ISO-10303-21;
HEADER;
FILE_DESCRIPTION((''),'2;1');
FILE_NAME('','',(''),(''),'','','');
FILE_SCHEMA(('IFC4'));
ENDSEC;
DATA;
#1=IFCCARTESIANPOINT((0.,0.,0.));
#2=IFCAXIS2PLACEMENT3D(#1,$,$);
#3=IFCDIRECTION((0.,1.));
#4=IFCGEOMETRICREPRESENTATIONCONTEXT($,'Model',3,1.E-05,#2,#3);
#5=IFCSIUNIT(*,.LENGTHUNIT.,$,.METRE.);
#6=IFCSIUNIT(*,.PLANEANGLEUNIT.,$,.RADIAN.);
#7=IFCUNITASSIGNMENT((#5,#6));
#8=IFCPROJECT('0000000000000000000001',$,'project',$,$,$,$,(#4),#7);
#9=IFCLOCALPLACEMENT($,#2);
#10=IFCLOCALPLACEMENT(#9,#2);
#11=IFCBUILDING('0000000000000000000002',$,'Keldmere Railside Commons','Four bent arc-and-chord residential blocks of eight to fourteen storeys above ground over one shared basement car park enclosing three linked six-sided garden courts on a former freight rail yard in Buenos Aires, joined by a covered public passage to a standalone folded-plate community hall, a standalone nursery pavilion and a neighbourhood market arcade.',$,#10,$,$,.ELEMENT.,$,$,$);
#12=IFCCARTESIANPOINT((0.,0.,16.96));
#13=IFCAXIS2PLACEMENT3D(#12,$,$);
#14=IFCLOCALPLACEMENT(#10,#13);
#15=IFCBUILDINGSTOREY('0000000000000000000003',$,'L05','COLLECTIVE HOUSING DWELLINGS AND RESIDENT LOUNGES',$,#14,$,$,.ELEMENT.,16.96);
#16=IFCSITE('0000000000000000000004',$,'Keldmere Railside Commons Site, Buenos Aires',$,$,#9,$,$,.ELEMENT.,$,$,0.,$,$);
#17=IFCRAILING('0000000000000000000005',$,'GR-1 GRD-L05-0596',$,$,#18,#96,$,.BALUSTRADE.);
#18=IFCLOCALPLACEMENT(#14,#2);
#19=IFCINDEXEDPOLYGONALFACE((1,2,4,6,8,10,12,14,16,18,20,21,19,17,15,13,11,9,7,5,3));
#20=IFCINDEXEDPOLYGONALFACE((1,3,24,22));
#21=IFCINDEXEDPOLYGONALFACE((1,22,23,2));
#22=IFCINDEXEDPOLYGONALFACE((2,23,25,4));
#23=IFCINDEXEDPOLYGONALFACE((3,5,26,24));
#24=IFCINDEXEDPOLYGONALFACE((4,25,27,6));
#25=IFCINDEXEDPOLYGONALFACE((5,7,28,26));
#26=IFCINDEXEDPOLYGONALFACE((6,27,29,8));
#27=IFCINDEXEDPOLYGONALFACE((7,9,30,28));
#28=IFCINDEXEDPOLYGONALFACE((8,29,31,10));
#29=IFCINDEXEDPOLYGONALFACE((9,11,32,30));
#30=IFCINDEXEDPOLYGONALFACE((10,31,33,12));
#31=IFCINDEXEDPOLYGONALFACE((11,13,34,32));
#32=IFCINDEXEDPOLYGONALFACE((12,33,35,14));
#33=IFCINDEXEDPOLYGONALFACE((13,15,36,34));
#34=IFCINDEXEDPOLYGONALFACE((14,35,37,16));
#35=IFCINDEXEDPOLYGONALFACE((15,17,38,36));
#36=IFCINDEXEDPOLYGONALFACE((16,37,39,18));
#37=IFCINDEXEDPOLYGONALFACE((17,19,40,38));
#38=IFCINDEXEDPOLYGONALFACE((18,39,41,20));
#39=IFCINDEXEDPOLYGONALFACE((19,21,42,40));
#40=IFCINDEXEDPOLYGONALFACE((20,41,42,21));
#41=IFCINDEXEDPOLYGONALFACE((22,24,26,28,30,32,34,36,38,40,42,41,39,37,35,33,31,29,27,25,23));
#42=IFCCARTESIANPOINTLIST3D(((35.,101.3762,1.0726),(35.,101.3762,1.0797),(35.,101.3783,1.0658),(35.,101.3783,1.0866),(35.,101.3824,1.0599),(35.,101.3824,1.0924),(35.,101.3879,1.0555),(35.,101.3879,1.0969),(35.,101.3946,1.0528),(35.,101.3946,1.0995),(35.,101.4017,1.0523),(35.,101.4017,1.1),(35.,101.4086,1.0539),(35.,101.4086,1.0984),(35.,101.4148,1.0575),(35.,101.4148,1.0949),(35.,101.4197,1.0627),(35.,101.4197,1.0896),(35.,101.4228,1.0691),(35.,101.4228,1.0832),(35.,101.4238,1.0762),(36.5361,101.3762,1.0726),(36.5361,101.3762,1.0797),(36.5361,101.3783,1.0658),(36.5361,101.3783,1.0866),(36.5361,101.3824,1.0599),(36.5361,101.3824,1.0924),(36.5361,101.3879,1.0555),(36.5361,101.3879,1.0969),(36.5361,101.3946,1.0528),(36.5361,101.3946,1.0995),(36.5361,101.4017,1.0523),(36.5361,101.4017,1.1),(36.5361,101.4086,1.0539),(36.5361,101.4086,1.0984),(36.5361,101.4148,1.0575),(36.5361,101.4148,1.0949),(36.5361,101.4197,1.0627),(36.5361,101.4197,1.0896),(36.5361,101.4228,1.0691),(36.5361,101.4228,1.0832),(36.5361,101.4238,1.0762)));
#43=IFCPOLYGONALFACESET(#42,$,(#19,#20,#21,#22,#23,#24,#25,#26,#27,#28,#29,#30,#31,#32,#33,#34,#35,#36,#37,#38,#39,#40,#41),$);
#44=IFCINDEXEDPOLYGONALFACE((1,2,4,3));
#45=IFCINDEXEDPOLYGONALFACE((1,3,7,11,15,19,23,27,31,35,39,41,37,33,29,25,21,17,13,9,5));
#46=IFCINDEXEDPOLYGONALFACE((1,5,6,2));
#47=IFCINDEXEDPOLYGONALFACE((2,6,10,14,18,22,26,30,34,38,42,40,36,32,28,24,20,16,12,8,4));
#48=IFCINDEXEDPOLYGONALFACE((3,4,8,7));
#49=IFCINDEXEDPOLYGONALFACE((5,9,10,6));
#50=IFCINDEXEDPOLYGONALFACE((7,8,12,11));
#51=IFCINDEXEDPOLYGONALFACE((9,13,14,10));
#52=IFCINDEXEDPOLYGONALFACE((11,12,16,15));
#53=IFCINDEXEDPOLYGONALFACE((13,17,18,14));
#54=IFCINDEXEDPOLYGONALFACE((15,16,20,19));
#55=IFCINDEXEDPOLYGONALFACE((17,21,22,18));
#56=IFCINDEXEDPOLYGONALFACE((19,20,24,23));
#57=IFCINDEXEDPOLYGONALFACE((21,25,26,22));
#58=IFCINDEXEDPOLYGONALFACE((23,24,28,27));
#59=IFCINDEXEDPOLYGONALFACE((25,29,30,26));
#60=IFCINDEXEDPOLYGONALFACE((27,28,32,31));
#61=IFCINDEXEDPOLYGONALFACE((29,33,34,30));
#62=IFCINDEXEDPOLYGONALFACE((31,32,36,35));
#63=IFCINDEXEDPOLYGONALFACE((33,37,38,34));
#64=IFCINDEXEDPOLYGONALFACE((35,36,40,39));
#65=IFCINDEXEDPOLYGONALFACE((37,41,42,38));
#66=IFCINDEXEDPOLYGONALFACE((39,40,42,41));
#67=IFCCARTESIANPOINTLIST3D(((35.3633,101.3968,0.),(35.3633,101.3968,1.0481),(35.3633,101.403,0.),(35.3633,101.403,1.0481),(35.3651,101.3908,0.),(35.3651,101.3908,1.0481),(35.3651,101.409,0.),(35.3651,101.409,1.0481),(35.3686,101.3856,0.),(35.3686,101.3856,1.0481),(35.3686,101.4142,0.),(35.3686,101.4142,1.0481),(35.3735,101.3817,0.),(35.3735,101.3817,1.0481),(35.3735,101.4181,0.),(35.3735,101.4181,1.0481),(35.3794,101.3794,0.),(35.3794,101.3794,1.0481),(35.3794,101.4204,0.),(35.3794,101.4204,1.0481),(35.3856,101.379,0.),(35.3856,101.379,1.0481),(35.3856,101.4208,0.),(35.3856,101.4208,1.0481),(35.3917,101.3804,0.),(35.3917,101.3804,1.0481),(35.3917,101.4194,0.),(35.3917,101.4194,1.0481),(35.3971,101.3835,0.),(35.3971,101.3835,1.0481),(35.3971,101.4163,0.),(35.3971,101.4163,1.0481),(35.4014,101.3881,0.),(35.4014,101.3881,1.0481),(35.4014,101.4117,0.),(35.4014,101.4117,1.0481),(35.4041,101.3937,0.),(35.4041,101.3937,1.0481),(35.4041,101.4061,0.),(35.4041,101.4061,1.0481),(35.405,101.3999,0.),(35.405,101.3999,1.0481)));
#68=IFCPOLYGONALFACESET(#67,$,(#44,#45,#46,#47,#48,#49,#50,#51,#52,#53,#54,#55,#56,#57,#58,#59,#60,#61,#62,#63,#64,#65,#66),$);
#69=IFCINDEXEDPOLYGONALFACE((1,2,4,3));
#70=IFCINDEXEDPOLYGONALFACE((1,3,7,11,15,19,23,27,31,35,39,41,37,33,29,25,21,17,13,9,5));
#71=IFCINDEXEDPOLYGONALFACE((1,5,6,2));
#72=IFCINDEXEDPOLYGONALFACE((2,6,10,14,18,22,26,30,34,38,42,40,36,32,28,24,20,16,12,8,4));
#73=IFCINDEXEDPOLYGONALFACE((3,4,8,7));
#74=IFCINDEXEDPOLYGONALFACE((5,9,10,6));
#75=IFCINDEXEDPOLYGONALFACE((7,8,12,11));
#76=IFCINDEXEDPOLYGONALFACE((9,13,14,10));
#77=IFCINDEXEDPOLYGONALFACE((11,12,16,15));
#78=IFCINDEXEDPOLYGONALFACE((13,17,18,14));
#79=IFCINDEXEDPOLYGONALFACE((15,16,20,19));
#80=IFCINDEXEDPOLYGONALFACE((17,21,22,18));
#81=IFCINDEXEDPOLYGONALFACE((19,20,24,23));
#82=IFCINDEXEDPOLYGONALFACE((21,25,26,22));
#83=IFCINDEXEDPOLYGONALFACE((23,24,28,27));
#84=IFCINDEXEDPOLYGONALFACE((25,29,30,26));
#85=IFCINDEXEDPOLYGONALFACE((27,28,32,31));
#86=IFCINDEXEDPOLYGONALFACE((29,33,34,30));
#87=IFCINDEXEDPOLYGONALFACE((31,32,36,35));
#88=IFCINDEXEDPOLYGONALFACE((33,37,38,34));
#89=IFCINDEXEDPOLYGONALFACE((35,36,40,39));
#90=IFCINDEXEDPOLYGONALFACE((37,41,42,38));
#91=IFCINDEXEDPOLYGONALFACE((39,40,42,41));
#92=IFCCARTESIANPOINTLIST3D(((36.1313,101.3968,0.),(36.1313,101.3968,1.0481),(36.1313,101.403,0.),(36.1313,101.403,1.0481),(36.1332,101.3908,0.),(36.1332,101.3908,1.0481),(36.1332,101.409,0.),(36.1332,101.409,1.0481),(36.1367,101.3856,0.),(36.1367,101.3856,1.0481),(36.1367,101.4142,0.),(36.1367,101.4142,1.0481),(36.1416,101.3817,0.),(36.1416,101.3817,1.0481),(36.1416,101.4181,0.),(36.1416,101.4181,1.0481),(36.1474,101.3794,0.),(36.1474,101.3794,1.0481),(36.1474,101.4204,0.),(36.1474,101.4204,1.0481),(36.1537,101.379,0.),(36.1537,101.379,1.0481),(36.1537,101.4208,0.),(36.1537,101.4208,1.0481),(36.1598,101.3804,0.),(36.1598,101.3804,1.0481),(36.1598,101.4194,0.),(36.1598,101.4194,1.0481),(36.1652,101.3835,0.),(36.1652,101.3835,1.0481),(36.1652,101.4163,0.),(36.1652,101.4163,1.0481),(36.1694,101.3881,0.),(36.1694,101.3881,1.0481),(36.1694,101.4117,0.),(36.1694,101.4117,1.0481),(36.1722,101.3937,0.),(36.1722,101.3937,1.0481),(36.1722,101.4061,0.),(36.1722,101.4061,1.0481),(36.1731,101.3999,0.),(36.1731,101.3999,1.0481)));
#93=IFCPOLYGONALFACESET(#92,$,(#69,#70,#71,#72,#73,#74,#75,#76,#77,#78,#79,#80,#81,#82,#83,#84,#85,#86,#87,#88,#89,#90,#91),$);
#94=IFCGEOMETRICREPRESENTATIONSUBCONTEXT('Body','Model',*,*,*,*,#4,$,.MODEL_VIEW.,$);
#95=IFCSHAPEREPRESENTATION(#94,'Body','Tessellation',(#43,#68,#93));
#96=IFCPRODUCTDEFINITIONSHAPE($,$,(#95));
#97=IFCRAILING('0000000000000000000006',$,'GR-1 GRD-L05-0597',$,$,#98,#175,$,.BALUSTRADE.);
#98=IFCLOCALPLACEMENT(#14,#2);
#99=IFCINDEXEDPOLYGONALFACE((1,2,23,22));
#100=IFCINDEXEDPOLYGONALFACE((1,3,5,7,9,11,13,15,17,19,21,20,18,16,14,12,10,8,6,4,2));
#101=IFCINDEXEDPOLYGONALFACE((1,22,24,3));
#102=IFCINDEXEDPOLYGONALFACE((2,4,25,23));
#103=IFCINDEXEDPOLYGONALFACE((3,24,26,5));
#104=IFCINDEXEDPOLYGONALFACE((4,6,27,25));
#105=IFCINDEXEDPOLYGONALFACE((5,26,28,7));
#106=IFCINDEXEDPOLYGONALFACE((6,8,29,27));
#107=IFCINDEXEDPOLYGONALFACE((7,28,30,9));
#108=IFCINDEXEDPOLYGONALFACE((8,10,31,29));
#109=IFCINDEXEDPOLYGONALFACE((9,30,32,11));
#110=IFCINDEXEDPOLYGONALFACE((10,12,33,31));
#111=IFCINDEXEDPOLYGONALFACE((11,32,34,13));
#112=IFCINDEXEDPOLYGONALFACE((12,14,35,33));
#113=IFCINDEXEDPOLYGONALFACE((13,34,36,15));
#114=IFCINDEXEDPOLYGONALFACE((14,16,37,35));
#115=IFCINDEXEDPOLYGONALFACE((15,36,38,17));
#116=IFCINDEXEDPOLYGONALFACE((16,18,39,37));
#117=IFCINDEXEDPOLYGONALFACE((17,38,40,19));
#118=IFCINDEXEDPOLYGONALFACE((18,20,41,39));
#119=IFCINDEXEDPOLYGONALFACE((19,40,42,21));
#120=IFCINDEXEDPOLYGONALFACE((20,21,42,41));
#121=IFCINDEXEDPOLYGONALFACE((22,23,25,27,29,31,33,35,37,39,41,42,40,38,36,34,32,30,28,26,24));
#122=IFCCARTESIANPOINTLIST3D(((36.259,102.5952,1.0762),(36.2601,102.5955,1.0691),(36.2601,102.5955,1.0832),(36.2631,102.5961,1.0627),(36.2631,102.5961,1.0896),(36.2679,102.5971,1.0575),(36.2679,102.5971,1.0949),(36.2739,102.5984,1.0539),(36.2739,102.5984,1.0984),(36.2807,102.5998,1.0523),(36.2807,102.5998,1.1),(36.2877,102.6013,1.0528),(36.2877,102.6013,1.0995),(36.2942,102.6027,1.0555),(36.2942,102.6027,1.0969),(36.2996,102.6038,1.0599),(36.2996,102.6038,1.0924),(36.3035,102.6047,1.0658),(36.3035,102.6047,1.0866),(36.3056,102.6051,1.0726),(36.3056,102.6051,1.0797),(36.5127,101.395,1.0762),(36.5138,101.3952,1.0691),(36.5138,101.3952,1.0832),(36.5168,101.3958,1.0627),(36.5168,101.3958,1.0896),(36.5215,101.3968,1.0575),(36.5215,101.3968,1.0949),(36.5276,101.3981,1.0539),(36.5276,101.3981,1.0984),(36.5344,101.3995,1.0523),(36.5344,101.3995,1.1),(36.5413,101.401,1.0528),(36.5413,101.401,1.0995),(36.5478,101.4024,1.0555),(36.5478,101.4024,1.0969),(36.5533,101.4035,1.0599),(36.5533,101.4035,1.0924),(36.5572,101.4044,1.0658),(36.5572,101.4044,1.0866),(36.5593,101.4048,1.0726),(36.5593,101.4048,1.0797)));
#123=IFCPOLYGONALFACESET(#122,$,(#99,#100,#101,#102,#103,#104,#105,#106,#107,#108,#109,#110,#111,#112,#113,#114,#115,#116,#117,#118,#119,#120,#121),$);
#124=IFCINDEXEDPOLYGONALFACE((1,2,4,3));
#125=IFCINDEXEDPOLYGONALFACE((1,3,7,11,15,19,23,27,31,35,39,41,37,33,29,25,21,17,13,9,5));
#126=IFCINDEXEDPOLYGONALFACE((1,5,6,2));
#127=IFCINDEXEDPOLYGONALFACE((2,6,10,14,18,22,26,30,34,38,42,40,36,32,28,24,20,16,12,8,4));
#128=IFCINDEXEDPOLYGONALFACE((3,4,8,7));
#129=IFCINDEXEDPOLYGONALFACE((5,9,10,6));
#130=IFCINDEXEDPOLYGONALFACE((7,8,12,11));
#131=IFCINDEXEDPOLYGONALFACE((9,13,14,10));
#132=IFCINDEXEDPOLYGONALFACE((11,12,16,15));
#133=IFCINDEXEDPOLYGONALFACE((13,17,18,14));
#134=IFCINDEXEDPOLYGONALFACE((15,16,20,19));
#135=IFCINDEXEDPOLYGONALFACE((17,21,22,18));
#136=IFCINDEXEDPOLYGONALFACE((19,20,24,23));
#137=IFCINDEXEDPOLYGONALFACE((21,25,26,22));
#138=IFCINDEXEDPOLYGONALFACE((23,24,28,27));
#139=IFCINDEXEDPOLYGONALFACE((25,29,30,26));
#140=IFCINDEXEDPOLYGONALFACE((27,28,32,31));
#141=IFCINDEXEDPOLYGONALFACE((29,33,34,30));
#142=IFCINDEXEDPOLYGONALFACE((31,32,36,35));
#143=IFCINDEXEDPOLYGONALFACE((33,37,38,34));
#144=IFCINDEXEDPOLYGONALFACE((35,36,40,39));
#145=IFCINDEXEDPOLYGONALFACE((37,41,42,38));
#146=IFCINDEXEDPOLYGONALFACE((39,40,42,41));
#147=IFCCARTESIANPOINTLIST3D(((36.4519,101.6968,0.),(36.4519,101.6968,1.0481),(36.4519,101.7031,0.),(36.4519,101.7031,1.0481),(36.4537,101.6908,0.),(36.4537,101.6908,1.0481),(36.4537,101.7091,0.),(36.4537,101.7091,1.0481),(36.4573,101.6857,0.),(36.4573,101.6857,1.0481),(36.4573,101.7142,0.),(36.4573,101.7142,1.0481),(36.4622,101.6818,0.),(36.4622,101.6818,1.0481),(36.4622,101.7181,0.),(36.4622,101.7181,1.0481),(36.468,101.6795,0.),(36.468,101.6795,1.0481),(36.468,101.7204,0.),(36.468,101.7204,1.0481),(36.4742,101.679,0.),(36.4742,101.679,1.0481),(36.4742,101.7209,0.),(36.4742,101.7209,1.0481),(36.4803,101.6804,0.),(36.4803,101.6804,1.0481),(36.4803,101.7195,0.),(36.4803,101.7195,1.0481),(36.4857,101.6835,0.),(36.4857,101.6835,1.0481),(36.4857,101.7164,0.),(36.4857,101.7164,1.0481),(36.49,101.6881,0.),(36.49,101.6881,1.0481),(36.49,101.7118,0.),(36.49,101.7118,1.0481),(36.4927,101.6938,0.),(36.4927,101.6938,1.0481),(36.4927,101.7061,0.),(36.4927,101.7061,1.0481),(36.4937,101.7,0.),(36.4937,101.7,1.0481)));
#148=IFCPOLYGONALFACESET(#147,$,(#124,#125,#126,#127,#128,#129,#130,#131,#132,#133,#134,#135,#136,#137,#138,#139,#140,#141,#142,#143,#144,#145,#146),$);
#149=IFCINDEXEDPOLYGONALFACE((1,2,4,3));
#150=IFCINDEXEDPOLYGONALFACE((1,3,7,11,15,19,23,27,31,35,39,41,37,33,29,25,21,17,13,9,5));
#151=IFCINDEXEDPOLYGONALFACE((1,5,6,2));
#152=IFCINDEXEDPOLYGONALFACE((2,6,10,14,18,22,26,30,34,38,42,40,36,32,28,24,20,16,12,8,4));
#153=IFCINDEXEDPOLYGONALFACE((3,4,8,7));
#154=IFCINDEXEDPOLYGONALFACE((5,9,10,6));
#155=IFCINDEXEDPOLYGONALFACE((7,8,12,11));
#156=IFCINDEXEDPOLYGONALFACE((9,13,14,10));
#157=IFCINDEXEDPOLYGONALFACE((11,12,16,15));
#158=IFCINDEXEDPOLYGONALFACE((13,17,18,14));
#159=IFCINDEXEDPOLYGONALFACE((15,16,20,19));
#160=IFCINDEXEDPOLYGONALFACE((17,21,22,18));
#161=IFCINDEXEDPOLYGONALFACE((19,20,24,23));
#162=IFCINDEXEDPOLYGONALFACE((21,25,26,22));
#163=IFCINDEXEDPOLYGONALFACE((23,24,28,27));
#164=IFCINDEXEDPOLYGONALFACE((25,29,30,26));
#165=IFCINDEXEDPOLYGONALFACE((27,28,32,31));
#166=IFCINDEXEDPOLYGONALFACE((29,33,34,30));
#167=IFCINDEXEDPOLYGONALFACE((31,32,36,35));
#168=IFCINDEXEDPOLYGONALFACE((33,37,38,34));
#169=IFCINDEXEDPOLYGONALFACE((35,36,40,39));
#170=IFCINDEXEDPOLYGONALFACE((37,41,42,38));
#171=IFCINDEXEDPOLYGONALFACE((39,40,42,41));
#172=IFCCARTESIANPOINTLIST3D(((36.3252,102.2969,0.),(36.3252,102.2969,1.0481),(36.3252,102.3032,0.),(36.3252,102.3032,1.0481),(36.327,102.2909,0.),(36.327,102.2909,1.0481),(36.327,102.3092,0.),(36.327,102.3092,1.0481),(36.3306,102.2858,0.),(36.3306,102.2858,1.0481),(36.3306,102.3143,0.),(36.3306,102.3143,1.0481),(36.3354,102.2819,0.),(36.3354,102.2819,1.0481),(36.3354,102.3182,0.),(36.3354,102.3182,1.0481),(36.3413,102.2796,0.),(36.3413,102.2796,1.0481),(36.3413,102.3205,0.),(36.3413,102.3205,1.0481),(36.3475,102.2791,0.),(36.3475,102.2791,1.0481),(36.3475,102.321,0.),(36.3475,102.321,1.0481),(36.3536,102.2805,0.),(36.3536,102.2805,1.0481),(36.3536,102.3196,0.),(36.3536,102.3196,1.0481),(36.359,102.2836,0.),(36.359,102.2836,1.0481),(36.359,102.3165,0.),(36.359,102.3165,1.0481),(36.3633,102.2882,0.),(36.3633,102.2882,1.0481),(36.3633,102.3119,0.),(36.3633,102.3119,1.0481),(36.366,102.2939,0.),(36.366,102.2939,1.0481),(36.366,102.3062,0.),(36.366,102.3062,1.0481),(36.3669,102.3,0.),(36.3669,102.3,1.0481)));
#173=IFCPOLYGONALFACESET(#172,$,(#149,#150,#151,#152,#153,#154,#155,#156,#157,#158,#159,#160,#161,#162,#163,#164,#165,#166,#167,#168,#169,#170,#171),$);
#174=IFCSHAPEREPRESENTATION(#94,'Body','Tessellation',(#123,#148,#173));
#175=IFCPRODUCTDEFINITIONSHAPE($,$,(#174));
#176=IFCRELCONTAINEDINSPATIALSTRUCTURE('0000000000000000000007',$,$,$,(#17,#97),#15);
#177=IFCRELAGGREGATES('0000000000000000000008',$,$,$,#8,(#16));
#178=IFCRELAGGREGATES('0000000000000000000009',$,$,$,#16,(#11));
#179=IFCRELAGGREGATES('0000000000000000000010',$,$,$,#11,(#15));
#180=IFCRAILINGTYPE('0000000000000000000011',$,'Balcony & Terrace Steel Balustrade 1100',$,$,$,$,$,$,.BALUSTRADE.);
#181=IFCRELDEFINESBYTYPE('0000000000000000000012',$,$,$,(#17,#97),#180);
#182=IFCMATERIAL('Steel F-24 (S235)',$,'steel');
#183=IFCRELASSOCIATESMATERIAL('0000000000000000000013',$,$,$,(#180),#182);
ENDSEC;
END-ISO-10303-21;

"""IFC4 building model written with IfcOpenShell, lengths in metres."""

from ifc_helpers import new_model, si_unit, direction, frame, origin, origin_2d, place, context, subcontext, project, spatial, circle, extrude, material, type_object, element, save


model = new_model("IFC4")

# Units and contexts
model_context = context("Model", 3, precision=1e-05, world=origin(), true_north=direction((0.0, 1.0)))
body_context = subcontext(model_context, "Body", "Model", "MODEL_VIEW")
ifc_project = project(units=[si_unit("LENGTHUNIT", "METRE"), si_unit("PLANEANGLEUNIT", "RADIAN")], contexts=[model_context])

# Site, building, storey
site_placement = place(None, origin())
site = spatial("IfcSite", under=ifc_project, at=site_placement, Name="Keldmere Railside Commons Site, Buenos Aires", CompositionType="ELEMENT", RefElevation=0.0)
building_placement = place(site_placement, origin())
building = spatial("IfcBuilding", under=site, at=building_placement, Name="Keldmere Railside Commons", Description="Four bent arc-and-chord residential blocks of eight to fourteen storeys above ground over one shared basement car park enclosing three linked six-sided garden courts on a former freight rail yard in Buenos Aires, joined by a covered public passage to a standalone folded-plate community hall, a standalone nursery pavilion and a neighbourhood market arcade.", CompositionType="ELEMENT")
storey_placement = place(building_placement, frame((0.0, 0.0, 16.96)))
storey = spatial("IfcBuildingStorey", under=building, at=storey_placement, Name="L05", Description="COLLECTIVE HOUSING DWELLINGS AND RESIDENT LOUNGES", CompositionType="ELEMENT", Elevation=16.96)

# Railings
ifc_material_1 = material(Name="Steel F-24 (S235)", Category="steel")
railing_type_1 = type_object("IfcRailingType", Name="Balcony & Terrace Steel Balustrade 1100", PredefinedType="BALUSTRADE", material=ifc_material_1)
railing_1_placement = place(storey_placement, frame((35.0, 101.3999, 0.0)))
element("IfcRailing", 1, at=railing_1_placement, inside=storey, type_object=railing_type_1, Name="GR-1 GRD-L05-0596", PredefinedType="BALUSTRADE", context=body_context, shape_type="SweptSolid", body=[
    extrude(circle(Radius=0.0239, at=origin_2d()), frame((0.0, 0.0, 1.0762), z_axis=(1.0, 0.0, 0.0), x_axis=(0.0, 1.0, 0.0)), (0.0, 0.0, 1.0), 1.5361),
    extrude(circle(Radius=0.021, at=origin_2d()), frame((0.384, 0.0, 0.0)), (0.0, 0.0, 1.0), 1.0481),
    extrude(circle(Radius=0.021, at=origin_2d()), frame((1.1521, 0.0, 0.0)), (0.0, 0.0, 1.0), 1.0481),
])
railing_2_placement = place(storey_placement, frame((36.5361, 101.3999, 0.0)))
element("IfcRailing", 2, at=railing_2_placement, inside=storey, type_object=railing_type_1, Name="GR-1 GRD-L05-0597", PredefinedType="BALUSTRADE", context=body_context, shape_type="SweptSolid", body=[
    extrude(circle(Radius=0.0239, at=origin_2d()), frame((0.0, 0.0, 1.0762), z_axis=(-0.206783, 0.978387, 0.0), x_axis=(-0.978387, -0.206783, 0.0)), (0.0, 0.0, 1.0), 1.2268),
    extrude(circle(Radius=0.021, at=origin_2d()), frame((-0.0635, 0.3, 0.0)), (0.0, 0.0, 1.0), 1.0481),
    extrude(circle(Radius=0.021, at=origin_2d()), frame((-0.1902, 0.9001, 0.0)), (0.0, 0.0, 1.0), 1.0481),
])

save(model, "model.ifc")
